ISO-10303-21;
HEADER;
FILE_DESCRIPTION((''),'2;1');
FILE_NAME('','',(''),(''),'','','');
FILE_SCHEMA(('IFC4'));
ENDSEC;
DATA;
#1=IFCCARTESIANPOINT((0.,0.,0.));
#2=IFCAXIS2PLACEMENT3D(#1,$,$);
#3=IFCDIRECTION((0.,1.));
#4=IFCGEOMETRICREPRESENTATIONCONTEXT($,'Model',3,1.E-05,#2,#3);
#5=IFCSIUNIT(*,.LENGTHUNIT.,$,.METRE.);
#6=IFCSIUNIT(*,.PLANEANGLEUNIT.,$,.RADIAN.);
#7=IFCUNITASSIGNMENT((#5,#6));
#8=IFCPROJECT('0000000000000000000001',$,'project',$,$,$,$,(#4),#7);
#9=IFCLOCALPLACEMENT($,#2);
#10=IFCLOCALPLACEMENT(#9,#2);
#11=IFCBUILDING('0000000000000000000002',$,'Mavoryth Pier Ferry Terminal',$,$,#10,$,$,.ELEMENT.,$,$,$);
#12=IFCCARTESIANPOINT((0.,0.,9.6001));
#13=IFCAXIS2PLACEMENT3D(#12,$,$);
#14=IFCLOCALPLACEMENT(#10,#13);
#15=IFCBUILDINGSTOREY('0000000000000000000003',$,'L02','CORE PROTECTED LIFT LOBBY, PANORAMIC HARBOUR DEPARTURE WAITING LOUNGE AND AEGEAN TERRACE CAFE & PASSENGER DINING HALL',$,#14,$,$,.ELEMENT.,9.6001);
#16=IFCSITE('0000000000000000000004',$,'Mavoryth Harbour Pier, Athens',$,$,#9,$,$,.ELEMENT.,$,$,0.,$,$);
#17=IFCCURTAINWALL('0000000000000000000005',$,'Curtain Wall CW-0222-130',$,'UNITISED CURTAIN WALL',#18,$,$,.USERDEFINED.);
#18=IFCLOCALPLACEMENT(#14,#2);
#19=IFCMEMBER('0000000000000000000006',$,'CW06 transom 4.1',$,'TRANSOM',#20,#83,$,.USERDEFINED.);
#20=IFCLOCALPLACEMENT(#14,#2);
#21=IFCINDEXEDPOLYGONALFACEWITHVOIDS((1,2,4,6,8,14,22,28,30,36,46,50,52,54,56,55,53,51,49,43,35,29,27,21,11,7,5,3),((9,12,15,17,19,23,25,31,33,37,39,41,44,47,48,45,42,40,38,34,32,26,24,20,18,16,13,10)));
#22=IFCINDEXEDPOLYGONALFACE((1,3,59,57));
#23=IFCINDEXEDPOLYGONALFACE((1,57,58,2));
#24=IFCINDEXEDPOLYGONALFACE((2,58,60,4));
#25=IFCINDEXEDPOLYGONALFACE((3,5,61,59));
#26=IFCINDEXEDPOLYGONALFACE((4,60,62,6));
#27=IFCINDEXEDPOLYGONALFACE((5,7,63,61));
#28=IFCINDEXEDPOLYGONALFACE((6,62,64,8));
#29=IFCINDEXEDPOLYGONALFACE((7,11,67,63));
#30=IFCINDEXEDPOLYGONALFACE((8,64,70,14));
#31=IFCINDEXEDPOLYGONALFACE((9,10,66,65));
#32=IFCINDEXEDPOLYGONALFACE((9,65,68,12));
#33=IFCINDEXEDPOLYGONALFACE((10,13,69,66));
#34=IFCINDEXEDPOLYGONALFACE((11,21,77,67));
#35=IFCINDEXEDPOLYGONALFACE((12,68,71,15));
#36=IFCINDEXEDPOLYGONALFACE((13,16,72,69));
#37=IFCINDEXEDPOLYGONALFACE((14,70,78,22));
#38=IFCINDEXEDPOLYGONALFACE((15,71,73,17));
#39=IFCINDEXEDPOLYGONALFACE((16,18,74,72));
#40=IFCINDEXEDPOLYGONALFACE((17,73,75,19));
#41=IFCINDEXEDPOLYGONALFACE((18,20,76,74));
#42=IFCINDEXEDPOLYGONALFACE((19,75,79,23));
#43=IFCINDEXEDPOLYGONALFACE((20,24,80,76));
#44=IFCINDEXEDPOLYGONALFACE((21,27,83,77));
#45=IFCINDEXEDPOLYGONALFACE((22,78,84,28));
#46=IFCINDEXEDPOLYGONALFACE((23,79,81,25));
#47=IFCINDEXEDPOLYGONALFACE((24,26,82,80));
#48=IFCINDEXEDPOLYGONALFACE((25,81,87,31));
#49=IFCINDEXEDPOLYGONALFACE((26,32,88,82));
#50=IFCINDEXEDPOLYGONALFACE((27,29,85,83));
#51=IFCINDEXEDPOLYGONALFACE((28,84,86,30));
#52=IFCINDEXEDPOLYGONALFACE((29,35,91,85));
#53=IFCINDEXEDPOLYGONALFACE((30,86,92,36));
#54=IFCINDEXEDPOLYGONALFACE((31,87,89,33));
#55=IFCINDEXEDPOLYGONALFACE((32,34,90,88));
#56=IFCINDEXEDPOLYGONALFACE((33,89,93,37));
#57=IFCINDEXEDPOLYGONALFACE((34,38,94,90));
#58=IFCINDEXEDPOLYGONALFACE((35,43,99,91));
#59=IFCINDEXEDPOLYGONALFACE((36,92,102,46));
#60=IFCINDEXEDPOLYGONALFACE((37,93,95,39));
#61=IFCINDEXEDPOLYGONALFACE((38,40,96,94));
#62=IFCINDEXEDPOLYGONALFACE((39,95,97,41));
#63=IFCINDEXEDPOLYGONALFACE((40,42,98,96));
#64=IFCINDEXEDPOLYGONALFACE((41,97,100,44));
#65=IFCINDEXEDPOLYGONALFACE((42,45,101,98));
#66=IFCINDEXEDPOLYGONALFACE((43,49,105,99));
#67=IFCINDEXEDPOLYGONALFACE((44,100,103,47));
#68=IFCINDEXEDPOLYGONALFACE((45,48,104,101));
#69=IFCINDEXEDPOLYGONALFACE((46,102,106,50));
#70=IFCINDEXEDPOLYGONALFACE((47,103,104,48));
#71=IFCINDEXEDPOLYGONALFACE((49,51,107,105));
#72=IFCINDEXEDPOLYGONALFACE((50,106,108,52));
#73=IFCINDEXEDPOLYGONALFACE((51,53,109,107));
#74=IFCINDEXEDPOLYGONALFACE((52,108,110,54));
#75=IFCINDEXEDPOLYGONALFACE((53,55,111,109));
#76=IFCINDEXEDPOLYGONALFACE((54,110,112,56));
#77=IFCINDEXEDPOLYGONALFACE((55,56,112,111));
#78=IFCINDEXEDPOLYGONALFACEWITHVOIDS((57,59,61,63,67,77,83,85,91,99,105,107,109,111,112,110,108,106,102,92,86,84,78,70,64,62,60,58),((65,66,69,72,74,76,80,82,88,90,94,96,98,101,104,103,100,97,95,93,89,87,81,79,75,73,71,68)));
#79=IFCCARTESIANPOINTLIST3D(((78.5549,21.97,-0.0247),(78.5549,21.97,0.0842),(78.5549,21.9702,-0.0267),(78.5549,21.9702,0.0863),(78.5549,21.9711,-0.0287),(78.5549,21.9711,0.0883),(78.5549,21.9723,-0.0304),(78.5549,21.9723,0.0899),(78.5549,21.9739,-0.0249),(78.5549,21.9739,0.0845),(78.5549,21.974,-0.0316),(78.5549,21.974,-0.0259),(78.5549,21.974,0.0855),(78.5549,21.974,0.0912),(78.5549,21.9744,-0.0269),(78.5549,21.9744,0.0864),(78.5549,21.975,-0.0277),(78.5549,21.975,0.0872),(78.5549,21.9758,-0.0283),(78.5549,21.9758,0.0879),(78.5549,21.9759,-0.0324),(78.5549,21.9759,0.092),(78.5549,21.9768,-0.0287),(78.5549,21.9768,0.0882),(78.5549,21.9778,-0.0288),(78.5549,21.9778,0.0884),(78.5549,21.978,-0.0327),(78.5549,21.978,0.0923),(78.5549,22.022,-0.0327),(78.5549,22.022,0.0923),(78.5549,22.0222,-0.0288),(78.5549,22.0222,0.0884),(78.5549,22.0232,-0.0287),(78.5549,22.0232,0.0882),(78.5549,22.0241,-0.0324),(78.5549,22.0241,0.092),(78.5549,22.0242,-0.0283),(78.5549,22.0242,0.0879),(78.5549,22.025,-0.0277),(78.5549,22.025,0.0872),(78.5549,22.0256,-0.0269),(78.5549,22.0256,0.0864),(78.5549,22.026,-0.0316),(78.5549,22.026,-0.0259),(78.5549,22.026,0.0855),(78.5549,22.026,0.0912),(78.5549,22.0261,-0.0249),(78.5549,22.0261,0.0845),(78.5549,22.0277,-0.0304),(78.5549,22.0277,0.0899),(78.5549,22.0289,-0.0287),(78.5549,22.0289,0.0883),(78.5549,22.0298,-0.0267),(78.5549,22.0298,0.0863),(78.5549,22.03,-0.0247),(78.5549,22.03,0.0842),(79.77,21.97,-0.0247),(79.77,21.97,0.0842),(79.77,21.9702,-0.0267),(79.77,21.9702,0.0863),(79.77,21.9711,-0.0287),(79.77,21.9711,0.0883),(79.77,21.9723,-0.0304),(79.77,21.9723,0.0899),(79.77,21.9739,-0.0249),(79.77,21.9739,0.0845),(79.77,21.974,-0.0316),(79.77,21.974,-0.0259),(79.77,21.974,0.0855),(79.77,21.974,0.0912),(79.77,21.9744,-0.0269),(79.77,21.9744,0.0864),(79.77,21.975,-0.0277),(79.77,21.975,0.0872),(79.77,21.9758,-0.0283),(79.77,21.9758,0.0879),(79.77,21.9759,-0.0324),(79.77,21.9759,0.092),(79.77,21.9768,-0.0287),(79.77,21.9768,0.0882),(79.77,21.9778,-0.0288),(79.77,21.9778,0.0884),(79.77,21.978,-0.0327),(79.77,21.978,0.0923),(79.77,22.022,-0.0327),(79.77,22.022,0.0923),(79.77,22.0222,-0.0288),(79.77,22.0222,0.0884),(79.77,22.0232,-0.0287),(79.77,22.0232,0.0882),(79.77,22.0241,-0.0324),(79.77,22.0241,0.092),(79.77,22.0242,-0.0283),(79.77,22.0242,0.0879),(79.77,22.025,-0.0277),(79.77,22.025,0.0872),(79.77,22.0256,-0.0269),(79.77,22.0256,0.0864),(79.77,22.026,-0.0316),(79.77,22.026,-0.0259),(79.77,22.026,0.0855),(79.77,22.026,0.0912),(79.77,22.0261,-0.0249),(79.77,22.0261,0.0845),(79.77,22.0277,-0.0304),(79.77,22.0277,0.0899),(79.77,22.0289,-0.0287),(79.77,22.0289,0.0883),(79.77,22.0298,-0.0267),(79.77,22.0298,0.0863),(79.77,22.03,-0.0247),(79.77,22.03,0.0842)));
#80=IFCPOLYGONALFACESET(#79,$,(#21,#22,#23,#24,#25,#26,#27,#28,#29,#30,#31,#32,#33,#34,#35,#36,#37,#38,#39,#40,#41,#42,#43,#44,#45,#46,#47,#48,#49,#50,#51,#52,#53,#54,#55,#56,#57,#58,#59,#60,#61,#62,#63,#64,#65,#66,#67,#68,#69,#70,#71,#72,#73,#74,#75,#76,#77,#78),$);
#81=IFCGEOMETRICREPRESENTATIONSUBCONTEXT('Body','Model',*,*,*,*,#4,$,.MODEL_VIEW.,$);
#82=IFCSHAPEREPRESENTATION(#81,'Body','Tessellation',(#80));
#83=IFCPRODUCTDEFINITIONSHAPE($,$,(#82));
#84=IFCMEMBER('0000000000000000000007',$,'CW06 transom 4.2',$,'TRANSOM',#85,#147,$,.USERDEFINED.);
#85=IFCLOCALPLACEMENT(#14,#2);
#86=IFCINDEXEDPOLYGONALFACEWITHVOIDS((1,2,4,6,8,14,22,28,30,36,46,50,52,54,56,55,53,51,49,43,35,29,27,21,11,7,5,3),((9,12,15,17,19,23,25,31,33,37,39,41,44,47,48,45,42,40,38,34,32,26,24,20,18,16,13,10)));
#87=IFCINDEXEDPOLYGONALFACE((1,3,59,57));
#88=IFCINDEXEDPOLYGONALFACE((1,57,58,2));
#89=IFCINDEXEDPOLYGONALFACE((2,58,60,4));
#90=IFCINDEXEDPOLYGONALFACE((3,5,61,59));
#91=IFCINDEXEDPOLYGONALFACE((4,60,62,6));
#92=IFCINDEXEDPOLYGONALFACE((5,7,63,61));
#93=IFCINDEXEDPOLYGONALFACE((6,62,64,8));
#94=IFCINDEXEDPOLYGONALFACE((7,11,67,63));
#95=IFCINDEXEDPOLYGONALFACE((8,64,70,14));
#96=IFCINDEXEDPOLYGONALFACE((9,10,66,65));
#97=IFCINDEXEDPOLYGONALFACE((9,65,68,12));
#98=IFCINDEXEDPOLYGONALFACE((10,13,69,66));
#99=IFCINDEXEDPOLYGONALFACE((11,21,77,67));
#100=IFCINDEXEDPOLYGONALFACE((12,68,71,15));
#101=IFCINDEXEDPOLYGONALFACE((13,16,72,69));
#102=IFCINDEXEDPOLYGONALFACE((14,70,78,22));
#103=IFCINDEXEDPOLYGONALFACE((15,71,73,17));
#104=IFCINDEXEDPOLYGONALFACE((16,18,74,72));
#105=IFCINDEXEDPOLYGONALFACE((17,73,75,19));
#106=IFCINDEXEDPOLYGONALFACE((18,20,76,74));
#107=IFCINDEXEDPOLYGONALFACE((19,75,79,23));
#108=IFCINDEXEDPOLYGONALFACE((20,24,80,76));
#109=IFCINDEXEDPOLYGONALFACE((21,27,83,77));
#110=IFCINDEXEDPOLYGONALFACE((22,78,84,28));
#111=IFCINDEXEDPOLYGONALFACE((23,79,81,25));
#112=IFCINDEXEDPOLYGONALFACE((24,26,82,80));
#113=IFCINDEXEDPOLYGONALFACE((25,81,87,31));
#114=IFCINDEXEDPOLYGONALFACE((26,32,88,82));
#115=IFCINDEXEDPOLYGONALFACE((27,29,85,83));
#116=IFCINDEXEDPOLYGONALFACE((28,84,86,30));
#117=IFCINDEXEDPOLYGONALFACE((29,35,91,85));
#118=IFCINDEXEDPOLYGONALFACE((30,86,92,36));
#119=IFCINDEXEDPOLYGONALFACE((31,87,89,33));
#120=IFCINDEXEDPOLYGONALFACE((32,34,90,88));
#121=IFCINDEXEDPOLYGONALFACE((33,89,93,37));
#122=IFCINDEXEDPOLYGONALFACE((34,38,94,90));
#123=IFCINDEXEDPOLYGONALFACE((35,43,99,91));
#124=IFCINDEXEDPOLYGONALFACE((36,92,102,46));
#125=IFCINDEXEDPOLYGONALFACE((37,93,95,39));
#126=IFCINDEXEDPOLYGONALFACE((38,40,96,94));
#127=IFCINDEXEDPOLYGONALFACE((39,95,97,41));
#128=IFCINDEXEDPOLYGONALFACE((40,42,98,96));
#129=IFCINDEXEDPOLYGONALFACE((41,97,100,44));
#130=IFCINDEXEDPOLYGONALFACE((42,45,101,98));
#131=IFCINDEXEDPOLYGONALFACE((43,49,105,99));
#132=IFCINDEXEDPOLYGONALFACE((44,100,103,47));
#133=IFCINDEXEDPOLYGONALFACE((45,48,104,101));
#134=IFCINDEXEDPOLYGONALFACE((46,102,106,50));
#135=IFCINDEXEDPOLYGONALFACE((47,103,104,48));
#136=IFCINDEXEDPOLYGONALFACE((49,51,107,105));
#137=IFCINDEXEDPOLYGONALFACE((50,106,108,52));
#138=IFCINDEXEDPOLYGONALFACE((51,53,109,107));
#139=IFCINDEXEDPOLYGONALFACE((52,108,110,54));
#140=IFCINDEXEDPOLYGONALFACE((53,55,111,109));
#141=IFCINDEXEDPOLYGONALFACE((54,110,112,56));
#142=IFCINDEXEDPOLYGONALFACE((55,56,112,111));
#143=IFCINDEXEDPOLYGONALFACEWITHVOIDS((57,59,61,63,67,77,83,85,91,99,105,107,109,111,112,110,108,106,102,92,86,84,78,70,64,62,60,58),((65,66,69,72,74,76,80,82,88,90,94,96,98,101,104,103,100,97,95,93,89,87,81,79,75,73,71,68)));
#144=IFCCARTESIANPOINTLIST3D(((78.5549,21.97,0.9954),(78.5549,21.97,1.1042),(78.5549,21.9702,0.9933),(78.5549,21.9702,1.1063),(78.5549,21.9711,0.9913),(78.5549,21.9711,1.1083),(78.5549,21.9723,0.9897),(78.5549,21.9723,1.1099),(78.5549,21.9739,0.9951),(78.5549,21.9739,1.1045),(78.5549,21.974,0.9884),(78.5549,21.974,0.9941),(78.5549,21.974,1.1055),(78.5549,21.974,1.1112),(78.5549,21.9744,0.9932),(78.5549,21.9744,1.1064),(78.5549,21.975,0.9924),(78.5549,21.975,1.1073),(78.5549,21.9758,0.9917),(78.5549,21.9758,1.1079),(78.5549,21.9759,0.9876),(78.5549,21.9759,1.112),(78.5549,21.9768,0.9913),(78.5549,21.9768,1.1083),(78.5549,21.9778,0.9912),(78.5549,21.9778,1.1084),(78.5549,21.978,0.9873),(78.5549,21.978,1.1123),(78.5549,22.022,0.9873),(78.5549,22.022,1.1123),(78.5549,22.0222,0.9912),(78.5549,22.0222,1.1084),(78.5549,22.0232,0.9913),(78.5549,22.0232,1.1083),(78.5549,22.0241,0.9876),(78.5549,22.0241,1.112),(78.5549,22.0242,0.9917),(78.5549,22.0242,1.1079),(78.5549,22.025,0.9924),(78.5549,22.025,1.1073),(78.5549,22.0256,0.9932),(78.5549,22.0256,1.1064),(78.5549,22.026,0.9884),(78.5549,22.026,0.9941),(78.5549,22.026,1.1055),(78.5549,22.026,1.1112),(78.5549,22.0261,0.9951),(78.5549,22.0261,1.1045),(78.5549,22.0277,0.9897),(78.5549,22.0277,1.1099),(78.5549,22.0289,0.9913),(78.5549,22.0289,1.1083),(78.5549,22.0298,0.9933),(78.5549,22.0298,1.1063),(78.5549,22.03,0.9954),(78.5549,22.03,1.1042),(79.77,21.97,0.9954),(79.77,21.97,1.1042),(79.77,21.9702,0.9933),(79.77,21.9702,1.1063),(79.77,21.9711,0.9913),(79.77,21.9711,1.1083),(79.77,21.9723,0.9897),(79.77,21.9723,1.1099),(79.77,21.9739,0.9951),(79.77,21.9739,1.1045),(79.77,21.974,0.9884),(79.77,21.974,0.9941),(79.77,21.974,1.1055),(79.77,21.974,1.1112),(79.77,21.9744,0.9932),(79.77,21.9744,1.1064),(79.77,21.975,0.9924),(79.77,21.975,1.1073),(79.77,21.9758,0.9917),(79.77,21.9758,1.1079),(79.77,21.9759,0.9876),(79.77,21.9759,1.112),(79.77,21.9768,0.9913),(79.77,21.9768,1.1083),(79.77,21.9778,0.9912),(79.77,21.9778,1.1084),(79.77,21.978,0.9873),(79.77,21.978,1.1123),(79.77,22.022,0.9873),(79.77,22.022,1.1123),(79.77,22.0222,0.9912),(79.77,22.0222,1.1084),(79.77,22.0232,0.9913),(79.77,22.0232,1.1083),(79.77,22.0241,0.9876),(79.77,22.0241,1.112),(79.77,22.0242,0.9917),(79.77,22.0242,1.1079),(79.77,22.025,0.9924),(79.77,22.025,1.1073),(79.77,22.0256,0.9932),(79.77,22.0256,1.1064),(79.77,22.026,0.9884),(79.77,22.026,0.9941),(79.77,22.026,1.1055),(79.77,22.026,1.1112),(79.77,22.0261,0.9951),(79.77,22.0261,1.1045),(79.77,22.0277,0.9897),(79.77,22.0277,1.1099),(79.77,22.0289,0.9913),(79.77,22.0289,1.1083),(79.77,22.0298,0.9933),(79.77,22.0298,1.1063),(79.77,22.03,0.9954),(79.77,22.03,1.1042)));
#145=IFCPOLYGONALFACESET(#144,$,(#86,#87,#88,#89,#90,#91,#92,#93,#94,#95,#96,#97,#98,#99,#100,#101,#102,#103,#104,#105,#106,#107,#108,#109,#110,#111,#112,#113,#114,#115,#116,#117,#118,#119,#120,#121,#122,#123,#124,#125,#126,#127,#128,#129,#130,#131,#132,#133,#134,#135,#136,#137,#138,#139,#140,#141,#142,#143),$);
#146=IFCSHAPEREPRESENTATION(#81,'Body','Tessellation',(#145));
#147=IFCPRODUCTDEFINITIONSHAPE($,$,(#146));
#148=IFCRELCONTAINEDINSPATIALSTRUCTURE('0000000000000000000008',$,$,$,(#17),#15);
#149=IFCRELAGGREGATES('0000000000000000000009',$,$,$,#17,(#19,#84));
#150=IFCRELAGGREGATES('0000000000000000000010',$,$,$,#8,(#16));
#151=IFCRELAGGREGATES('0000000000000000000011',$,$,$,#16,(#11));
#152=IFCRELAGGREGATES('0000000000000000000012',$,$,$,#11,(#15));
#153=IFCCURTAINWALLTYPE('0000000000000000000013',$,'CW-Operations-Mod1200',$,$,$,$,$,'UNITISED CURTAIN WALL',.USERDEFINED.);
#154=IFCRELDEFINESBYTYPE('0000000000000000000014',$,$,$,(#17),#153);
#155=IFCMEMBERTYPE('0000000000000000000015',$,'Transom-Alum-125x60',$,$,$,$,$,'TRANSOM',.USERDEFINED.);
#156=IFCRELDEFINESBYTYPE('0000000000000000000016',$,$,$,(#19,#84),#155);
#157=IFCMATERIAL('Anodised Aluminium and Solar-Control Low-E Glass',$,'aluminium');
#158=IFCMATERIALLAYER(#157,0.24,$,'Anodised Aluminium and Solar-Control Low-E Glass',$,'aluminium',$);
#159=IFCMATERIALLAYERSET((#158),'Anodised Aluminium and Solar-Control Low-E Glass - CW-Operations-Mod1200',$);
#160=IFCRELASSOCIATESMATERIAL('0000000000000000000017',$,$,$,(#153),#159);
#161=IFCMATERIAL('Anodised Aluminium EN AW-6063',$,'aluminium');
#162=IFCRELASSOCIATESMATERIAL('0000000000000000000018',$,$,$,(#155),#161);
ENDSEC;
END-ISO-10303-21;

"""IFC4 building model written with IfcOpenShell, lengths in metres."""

from ifc_helpers import new_model, si_unit, direction, frame, origin, origin_2d, place, context, subcontext, project, spatial, hollow_rectangle, extrude, material, layer, layer_set, material_profile, profile_set, type_object, element, aggregate, save


model = new_model("IFC4")

# Units and contexts
model_context = context("Model", 3, precision=1e-05, world=origin(), true_north=direction((0.0, 1.0)))
body_context = subcontext(model_context, "Body", "Model", "MODEL_VIEW")
ifc_project = project(units=[si_unit("LENGTHUNIT", "METRE"), si_unit("PLANEANGLEUNIT", "RADIAN")], contexts=[model_context])

# Site, building, storey
site_placement = place(None, origin())
site = spatial("IfcSite", under=ifc_project, at=site_placement, Name="Mavoryth Harbour Pier, Athens", CompositionType="ELEMENT", RefElevation=0.0)
building_placement = place(site_placement, origin())
building = spatial("IfcBuilding", under=site, at=building_placement, Name="Mavoryth Pier Ferry Terminal", CompositionType="ELEMENT")
storey_placement = place(building_placement, frame((0.0, 0.0, 9.6001)))
storey = spatial("IfcBuildingStorey", under=building, at=storey_placement, Name="L02", Description="CORE PROTECTED LIFT LOBBY, PANORAMIC HARBOUR DEPARTURE WAITING LOUNGE AND AEGEAN TERRACE CAFE & PASSENGER DINING HALL", CompositionType="ELEMENT", Elevation=9.6001)

# Curtain wall
ifc_material_1 = material(Name="Anodised Aluminium and Solar-Control Low-E Glass", Category="aluminium")
ifc_layer_1 = layer(ifc_material_1, 0.24, Name="Anodised Aluminium and Solar-Control Low-E Glass", Category="aluminium")
ifc_layer_set_1 = layer_set([ifc_layer_1], Name="Anodised Aluminium and Solar-Control Low-E Glass - CW-Operations-Mod1200")
curtain_wall_type = type_object("IfcCurtainWallType", Name="CW-Operations-Mod1200", ElementType="UNITISED CURTAIN WALL", PredefinedType="USERDEFINED", material=ifc_layer_set_1)
ifc_material_2 = material(Name="Anodised Aluminium EN AW-6063", Category="aluminium")
curtain_wall_1_placement = place(storey_placement, origin())
curtain_wall_1 = element("IfcCurtainWall", 1, at=curtain_wall_1_placement, inside=storey, type_object=curtain_wall_type, Name="Curtain Wall CW-0222-130", ObjectType="UNITISED CURTAIN WALL", PredefinedType="USERDEFINED")

# Members
ifc_material_profile_1 = material_profile(ifc_material_2, hollow_rectangle(XDim=0.0601, YDim=0.125, WallThickness=0.0039, InnerFilletRadius=0.0039, OuterFilletRadius=0.0081, at=origin_2d()), Name="AL-TRAN 125x60x4", Category="aluminium")
ifc_profile_set_1 = profile_set([ifc_material_profile_1], Name="Anodised Aluminium EN AW-6063 - AL-TRAN 125x60x4")
member_type_1 = type_object("IfcMemberType", Name="Transom-Alum-125x60", ElementType="TRANSOM", PredefinedType="USERDEFINED", material=ifc_profile_set_1)
member_1_placement = place(storey_placement, frame((79.77, 22.0, 0.0298), z_axis=(-1.0, 0.0, 0.0), x_axis=(0.0, -1.0, 0.0)))
member_1 = element("IfcMember", 2, at=member_1_placement, type_object=member_type_1, Name="CW06 transom 4.1", ObjectType="TRANSOM", PredefinedType="USERDEFINED", context=body_context, shape_type="SweptSolid", body=[
    extrude(hollow_rectangle(XDim=0.0601, YDim=0.125, WallThickness=0.0039, InnerFilletRadius=0.0039, OuterFilletRadius=0.0081, at=origin_2d()), origin(), (0.0, 0.0, 1.0), 1.2151),
])
member_2_placement = place(storey_placement, frame((79.77, 22.0, 1.0498), z_axis=(-1.0, 0.0, 0.0), x_axis=(0.0, -1.0, 0.0)))
member_2 = element("IfcMember", 3, at=member_2_placement, type_object=member_type_1, Name="CW06 transom 4.2", ObjectType="TRANSOM", PredefinedType="USERDEFINED", context=body_context, shape_type="SweptSolid", body=[
    extrude(hollow_rectangle(XDim=0.0601, YDim=0.125, WallThickness=0.0039, InnerFilletRadius=0.0039, OuterFilletRadius=0.0081, at=origin_2d()), origin(), (0.0, 0.0, 1.0), 1.2151),
])

aggregate(curtain_wall_1, [member_1, member_2])

save(model, "model.ifc")
